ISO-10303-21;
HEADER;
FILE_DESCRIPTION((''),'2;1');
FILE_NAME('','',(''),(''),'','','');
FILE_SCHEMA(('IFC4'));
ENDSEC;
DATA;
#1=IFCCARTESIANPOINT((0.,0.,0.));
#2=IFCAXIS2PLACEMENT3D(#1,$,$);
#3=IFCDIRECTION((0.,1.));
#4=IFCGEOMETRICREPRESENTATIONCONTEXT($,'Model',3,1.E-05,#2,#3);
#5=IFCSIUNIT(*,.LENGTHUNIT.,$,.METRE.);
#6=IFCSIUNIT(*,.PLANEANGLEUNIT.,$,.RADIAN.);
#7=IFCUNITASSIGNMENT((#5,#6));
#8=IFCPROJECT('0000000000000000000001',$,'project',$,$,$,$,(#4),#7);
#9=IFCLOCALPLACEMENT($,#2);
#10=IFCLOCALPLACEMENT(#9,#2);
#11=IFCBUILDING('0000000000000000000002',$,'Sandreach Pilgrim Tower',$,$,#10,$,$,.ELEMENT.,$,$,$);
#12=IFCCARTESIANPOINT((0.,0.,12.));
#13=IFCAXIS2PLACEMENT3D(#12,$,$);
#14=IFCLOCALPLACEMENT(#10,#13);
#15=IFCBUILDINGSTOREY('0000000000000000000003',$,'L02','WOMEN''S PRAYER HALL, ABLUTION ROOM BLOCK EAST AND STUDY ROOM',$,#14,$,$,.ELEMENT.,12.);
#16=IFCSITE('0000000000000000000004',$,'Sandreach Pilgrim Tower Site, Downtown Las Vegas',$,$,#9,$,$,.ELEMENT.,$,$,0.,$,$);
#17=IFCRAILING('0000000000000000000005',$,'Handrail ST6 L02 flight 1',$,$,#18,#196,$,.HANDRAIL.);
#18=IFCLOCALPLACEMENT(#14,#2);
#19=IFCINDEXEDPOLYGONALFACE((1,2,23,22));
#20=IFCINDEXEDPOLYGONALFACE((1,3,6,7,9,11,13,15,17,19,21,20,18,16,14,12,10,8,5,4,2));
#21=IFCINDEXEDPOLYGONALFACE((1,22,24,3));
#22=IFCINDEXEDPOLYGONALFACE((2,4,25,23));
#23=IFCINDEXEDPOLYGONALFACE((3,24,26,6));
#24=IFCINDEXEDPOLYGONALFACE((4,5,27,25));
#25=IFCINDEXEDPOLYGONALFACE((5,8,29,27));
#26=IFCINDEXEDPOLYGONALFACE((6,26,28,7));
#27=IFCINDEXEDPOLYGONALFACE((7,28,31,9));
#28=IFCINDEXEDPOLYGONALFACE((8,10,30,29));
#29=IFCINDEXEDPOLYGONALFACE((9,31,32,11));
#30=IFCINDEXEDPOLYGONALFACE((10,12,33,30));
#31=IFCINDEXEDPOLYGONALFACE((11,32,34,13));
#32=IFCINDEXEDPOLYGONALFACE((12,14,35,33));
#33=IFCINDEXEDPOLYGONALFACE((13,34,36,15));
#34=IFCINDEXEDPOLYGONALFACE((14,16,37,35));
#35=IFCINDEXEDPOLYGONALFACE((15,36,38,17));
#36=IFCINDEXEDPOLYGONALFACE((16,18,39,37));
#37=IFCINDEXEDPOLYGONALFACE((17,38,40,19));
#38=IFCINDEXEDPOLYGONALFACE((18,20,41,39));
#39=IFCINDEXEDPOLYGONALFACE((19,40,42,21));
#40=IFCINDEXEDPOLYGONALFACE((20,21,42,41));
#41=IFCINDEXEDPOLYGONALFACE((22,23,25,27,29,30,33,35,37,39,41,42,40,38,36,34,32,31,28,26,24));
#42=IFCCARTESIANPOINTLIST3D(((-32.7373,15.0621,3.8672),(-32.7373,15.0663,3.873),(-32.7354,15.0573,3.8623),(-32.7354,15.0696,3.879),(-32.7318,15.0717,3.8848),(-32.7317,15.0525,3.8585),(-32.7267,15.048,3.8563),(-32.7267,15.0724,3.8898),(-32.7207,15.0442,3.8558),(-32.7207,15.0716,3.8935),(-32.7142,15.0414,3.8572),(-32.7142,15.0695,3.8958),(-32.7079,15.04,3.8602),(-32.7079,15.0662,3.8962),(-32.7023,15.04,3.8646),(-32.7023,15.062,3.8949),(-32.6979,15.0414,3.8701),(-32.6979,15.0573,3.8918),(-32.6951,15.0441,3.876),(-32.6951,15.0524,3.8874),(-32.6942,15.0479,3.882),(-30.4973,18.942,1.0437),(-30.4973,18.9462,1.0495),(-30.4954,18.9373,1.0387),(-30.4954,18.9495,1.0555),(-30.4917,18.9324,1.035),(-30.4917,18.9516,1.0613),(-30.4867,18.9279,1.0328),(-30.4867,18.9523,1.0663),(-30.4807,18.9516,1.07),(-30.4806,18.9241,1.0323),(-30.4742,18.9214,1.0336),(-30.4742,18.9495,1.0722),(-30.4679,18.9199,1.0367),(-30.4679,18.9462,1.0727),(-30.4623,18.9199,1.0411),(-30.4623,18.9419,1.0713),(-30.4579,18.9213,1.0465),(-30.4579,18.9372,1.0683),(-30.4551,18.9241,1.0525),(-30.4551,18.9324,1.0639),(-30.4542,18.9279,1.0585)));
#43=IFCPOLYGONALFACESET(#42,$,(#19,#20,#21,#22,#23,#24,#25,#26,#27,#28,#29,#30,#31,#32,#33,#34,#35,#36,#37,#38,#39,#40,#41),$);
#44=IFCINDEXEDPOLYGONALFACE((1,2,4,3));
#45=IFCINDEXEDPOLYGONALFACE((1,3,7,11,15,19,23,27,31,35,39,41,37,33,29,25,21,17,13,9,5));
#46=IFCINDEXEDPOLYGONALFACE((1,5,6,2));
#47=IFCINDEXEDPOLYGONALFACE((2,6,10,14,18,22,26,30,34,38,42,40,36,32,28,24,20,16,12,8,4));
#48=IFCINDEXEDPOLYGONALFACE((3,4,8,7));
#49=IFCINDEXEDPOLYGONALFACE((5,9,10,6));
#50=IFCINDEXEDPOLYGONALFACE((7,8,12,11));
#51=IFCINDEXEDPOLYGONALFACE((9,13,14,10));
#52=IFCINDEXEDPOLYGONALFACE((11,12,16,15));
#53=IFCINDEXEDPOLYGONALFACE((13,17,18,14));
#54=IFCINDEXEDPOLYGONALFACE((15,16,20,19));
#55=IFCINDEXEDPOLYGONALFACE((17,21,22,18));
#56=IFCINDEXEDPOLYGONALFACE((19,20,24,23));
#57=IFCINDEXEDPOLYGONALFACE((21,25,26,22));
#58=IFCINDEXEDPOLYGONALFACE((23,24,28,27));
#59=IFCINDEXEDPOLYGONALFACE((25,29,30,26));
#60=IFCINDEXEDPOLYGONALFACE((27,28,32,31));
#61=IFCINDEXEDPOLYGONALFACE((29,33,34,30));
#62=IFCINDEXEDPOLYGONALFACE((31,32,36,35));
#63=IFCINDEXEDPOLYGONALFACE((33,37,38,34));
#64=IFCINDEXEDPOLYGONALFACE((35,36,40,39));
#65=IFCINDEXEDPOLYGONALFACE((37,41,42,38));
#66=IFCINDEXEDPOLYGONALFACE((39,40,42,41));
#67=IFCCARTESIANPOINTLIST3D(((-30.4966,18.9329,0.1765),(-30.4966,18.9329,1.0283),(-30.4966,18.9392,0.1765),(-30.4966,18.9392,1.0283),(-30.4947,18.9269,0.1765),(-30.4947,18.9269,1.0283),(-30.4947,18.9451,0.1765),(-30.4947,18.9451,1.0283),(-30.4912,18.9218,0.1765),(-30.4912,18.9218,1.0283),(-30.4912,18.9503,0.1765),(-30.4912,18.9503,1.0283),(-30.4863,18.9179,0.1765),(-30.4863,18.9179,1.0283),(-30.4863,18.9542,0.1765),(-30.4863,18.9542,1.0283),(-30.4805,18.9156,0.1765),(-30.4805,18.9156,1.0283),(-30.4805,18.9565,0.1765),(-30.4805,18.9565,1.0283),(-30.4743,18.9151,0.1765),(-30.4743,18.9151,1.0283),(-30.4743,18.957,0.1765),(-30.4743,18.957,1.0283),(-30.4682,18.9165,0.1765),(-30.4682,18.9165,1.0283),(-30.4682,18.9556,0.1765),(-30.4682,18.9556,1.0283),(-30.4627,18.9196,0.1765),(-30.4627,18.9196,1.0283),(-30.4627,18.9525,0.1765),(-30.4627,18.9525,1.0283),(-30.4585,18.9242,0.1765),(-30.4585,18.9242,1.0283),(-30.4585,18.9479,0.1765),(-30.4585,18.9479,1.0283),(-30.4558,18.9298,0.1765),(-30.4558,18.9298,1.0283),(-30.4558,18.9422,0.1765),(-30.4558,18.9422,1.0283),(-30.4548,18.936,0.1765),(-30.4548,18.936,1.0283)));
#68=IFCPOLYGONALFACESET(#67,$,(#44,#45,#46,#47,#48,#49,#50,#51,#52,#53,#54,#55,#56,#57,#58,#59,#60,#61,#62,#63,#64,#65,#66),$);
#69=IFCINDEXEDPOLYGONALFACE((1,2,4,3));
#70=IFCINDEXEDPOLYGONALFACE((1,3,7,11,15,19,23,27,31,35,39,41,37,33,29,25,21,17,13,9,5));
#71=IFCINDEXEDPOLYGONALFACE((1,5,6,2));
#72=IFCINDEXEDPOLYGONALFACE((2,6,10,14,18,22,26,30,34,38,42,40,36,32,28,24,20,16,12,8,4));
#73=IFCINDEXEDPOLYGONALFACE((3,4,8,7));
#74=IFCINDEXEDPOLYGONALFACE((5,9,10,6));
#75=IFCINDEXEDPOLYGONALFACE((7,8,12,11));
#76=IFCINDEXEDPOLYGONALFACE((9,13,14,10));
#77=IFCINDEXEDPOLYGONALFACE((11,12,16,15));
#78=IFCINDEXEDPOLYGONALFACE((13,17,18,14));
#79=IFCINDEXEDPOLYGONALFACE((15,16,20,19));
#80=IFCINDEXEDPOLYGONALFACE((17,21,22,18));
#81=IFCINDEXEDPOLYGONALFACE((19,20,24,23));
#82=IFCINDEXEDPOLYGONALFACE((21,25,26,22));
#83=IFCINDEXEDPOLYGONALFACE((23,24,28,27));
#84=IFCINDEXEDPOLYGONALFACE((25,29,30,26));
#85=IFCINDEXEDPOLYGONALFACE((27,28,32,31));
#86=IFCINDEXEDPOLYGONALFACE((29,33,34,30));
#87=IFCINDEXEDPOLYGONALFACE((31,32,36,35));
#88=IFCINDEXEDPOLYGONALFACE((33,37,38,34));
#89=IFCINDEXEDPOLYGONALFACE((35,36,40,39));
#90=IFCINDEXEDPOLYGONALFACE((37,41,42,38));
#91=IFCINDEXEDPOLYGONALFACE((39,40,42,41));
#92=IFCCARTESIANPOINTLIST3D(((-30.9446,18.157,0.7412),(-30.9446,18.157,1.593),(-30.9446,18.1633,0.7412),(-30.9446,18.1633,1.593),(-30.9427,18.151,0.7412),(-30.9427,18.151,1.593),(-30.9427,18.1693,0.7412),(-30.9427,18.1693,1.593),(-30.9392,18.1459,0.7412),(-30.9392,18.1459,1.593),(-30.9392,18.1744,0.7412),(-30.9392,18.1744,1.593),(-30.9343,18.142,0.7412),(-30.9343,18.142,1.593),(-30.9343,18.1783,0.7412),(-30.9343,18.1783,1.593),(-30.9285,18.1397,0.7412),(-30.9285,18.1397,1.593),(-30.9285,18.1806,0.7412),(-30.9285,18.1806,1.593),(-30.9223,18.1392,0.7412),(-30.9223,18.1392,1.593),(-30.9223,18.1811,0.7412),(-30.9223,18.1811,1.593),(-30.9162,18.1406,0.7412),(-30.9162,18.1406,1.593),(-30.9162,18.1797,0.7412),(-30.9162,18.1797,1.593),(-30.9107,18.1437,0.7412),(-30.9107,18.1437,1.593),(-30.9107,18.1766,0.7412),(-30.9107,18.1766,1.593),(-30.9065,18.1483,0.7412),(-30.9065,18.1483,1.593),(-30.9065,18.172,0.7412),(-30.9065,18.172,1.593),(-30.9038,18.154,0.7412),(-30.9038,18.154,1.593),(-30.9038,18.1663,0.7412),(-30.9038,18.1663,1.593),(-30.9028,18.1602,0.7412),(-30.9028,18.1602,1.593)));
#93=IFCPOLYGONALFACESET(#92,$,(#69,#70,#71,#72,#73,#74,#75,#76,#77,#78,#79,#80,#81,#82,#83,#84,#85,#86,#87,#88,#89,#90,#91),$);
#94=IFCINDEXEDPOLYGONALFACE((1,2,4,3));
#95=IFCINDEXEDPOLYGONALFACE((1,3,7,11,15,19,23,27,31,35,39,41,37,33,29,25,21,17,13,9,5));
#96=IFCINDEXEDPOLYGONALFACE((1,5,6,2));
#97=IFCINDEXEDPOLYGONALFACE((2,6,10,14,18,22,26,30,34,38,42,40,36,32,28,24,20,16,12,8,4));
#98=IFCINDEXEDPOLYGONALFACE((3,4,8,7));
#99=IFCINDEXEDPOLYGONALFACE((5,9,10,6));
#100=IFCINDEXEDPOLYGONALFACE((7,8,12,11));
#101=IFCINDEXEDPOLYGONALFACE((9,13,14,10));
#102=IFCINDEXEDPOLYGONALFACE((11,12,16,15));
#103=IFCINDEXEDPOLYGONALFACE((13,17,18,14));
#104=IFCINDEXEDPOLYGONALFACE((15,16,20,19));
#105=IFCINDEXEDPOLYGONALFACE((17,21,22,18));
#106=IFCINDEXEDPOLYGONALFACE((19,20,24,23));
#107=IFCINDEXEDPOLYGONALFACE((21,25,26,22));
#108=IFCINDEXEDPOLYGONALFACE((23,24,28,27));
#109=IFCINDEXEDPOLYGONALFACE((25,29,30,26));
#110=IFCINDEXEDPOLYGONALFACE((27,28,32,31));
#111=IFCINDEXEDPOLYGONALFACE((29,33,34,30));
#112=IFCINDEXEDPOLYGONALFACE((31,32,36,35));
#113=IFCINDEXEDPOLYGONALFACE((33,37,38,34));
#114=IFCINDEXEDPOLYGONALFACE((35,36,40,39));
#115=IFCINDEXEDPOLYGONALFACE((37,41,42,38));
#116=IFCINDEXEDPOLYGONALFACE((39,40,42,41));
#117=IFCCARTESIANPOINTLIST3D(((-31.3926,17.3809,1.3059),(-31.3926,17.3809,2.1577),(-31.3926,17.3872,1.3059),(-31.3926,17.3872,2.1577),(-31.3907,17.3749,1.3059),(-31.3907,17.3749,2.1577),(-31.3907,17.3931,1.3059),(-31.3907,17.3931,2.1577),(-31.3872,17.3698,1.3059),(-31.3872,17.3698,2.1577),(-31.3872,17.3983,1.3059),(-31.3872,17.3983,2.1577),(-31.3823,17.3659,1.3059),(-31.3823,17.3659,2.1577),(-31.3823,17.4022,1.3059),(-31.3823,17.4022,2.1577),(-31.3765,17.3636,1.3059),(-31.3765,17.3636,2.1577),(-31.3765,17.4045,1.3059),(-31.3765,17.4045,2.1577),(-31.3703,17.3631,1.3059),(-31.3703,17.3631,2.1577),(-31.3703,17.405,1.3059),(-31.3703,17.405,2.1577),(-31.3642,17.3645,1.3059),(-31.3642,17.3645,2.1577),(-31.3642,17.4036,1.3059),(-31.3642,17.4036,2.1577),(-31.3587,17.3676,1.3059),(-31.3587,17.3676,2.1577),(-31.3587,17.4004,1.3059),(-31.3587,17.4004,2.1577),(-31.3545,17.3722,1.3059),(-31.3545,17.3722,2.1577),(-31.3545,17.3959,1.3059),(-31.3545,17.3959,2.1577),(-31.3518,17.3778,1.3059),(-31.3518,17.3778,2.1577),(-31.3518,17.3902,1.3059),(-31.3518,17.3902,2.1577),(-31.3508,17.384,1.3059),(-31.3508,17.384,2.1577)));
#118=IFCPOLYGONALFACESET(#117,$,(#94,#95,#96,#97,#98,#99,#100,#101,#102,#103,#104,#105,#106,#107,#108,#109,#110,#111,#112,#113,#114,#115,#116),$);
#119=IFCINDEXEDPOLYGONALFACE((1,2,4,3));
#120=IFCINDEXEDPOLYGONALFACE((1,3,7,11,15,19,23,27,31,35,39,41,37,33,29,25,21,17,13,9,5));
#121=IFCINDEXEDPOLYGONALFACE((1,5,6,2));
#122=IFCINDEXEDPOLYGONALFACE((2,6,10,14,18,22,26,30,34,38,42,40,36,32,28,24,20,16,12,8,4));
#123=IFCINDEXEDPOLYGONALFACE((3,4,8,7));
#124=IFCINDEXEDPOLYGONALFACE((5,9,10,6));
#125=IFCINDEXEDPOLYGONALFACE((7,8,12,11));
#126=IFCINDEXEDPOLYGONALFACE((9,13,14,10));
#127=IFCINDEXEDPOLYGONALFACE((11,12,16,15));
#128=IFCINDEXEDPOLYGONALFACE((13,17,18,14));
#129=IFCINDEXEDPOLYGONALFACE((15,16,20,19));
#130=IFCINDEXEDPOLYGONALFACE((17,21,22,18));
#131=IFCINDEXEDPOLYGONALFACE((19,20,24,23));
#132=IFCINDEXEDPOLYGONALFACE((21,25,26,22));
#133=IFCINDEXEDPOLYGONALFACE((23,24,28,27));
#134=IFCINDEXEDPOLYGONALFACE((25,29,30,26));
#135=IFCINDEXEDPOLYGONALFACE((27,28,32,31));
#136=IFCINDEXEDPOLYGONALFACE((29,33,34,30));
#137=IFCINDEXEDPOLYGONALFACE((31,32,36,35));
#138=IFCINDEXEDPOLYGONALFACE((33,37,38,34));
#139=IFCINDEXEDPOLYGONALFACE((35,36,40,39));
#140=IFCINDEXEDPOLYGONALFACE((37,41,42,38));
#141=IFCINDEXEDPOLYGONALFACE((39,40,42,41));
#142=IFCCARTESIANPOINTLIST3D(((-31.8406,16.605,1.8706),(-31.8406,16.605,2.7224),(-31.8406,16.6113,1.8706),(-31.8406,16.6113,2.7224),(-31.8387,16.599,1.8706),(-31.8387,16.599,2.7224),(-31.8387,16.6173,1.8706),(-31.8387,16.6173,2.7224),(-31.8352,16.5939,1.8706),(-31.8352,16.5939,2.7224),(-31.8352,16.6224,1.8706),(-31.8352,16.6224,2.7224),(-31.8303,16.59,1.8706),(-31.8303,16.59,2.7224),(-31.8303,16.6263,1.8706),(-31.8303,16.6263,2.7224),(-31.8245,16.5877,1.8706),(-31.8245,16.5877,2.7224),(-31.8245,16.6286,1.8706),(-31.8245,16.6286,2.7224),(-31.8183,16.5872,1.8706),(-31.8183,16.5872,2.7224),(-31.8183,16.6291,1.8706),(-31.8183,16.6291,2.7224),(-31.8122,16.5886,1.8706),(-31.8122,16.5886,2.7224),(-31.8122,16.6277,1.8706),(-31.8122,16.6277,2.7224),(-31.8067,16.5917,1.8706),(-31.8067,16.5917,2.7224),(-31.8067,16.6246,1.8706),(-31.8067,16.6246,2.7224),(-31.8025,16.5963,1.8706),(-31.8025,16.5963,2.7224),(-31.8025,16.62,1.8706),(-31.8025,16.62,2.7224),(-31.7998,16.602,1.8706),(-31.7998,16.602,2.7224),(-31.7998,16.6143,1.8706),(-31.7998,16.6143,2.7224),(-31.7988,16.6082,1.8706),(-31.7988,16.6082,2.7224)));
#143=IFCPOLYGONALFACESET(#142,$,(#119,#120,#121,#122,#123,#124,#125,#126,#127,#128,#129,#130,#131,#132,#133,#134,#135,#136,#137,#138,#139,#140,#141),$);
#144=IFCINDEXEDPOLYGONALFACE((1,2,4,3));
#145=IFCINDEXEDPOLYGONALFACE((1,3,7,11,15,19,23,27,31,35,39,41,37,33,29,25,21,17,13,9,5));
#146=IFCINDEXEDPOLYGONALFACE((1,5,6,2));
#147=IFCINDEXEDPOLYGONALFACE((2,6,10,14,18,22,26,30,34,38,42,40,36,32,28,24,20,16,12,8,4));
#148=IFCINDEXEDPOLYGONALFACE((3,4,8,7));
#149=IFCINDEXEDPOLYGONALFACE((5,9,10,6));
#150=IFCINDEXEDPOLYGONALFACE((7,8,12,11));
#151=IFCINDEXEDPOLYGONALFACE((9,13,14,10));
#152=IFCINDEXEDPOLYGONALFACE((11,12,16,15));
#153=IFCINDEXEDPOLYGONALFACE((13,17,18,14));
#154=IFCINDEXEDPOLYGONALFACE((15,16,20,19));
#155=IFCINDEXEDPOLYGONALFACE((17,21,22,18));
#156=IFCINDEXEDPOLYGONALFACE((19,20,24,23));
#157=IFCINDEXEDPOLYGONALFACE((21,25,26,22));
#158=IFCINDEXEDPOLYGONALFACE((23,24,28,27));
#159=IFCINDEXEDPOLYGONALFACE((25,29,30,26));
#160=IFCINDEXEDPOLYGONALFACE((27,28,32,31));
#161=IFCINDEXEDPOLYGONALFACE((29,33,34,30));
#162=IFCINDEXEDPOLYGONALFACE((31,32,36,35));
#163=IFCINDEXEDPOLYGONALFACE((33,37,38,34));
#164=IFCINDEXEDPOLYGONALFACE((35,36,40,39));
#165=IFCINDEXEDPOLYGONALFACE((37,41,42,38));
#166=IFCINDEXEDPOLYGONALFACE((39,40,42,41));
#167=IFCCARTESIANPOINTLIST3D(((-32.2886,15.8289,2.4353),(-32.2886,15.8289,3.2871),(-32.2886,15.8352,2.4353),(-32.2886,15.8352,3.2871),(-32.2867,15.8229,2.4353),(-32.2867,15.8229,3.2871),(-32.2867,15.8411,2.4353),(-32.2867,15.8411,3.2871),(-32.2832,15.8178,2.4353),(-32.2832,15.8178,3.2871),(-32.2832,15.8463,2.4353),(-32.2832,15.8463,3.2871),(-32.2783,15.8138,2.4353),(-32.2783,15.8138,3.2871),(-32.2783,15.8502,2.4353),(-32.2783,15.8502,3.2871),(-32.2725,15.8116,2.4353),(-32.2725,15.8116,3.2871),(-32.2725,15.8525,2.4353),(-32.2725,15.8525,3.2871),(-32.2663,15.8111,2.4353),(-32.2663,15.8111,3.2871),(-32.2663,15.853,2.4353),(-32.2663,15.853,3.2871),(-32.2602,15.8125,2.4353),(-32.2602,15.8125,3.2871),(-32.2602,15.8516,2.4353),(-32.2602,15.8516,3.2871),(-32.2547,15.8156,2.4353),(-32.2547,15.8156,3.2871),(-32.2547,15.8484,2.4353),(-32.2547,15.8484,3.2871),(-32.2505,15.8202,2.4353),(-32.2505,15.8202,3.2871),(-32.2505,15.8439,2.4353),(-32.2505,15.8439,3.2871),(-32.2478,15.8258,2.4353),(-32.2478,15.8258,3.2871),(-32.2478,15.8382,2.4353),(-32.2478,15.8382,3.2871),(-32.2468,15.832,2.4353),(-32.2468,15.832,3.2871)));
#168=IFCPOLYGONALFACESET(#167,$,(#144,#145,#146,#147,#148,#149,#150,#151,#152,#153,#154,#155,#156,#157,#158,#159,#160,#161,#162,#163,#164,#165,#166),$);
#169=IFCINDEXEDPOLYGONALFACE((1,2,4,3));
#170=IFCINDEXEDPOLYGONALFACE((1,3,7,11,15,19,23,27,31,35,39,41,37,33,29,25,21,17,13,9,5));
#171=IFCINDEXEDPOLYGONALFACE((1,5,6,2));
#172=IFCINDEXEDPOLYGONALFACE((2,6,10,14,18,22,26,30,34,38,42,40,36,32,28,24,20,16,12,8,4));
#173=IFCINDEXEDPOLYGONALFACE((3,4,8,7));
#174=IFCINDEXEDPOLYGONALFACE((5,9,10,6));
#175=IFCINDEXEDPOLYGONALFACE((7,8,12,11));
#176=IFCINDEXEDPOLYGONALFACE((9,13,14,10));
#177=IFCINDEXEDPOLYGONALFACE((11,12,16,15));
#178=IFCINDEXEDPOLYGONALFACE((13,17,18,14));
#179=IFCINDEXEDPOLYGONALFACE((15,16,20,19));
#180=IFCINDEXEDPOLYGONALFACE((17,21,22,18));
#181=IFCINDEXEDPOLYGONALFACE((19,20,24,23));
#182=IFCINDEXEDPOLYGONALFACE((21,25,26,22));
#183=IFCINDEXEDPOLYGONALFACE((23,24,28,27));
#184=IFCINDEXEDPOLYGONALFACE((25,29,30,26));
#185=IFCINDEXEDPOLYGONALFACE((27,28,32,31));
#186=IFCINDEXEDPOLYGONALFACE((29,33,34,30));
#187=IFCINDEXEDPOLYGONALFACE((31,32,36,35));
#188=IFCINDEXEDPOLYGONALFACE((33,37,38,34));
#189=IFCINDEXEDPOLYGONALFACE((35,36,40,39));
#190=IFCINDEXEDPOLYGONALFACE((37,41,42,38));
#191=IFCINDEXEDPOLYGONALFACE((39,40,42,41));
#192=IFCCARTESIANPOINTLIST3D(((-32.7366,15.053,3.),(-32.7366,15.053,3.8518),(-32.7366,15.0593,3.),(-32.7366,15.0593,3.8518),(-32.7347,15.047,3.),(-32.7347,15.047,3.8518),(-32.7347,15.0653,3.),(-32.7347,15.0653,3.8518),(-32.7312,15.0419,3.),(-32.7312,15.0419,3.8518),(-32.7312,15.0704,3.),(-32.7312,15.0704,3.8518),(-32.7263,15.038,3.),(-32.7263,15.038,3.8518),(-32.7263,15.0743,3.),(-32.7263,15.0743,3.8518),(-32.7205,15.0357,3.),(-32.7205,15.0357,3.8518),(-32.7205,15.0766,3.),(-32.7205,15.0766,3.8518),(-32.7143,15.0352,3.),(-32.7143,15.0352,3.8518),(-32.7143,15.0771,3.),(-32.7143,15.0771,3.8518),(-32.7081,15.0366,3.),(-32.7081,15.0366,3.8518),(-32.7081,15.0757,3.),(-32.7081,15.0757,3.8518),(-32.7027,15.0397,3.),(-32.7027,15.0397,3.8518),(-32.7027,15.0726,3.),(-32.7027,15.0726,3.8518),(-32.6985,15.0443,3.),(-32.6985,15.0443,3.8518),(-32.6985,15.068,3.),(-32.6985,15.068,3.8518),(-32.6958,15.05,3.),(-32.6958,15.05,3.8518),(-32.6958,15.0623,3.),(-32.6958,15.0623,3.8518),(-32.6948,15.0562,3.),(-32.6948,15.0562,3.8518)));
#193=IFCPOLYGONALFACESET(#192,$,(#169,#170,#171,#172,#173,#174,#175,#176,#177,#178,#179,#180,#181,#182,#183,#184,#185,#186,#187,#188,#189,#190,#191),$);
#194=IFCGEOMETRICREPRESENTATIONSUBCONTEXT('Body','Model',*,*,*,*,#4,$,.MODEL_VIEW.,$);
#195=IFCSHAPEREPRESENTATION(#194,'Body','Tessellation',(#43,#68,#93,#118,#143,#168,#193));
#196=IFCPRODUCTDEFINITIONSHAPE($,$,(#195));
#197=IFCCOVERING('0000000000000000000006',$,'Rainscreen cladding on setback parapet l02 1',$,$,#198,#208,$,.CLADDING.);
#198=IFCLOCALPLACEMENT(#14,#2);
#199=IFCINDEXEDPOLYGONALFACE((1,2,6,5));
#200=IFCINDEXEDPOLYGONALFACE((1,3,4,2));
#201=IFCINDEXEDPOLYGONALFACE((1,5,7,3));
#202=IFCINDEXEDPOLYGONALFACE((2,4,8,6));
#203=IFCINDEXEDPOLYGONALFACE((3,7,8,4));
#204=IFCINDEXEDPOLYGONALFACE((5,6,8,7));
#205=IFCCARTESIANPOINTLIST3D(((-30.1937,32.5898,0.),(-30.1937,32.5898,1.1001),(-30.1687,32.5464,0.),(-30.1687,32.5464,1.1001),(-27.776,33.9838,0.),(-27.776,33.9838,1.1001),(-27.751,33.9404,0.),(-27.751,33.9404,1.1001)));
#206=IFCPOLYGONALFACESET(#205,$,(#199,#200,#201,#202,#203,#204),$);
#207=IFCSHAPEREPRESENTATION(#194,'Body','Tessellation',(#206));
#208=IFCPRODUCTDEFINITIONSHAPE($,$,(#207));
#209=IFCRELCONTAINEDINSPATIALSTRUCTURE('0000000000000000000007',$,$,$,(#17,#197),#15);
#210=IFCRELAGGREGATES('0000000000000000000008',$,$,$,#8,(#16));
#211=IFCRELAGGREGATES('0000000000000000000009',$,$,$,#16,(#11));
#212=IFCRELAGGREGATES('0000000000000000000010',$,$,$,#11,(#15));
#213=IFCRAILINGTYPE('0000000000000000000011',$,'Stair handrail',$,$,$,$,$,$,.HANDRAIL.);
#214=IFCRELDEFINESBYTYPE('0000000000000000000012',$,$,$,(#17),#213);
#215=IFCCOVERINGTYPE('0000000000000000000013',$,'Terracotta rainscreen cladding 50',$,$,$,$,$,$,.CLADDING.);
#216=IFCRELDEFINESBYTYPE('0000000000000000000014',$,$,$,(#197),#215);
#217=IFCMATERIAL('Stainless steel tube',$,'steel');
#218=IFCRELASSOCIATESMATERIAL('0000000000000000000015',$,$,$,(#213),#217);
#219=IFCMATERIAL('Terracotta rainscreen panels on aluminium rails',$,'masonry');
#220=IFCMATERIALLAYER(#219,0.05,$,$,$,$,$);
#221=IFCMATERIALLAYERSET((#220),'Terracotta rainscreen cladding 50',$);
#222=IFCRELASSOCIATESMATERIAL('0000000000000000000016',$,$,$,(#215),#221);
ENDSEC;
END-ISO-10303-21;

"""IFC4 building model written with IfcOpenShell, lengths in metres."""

from ifc_helpers import new_model, si_unit, direction, frame, frame_2d, origin, origin_2d, place, context, subcontext, project, spatial, rectangle, circle, extrude, material, layer, layer_set, type_object, element, save


model = new_model("IFC4")

# Units and contexts
model_context = context("Model", 3, precision=1e-05, world=origin(), true_north=direction((0.0, 1.0)))
body_context = subcontext(model_context, "Body", "Model", "MODEL_VIEW")
ifc_project = project(units=[si_unit("LENGTHUNIT", "METRE"), si_unit("PLANEANGLEUNIT", "RADIAN")], contexts=[model_context])

# Site, building, storey
site_placement = place(None, origin())
site = spatial("IfcSite", under=ifc_project, at=site_placement, Name="Sandreach Pilgrim Tower Site, Downtown Las Vegas", CompositionType="ELEMENT", RefElevation=0.0)
building_placement = place(site_placement, origin())
building = spatial("IfcBuilding", under=site, at=building_placement, Name="Sandreach Pilgrim Tower", CompositionType="ELEMENT")
storey_placement = place(building_placement, frame((0.0, 0.0, 12.0)))
storey = spatial("IfcBuildingStorey", under=building, at=storey_placement, Name="L02", Description="WOMEN'S PRAYER HALL, ABLUTION ROOM BLOCK EAST AND STUDY ROOM", CompositionType="ELEMENT", Elevation=12.0)

# Railing
ifc_material_1 = material(Name="Stainless steel tube", Category="steel")
railing_type = type_object("IfcRailingType", Name="Stair handrail", PredefinedType="HANDRAIL", material=ifc_material_1)
railing_placement = place(storey_placement, frame((-30.4758, 18.936, 0.1765)))
element("IfcRailing", 1, at=railing_placement, inside=storey, type_object=railing_type, Name="Handrail ST6 L02 flight 1", PredefinedType="HANDRAIL", context=body_context, shape_type="SweptSolid", body=[
    extrude(circle(Radius=0.0239, at=origin_2d()), frame((0.0, 0.0, 0.876), z_axis=(-0.422993, -0.732665, 0.533178), x_axis=(0.866031, -0.49999, 0.0)), (0.0, 0.0, 1.0), 5.2957),
    extrude(circle(Radius=0.021, at=origin_2d()), origin(), (0.0, 0.0, 1.0), 0.8518),
    extrude(circle(Radius=0.021, at=origin_2d()), frame((-0.448, -0.7759, 0.5647)), (0.0, 0.0, 1.0), 0.8518),
    extrude(circle(Radius=0.021, at=origin_2d()), frame((-0.896, -1.552, 1.1294)), (0.0, 0.0, 1.0), 0.8518),
    extrude(circle(Radius=0.021, at=origin_2d()), frame((-1.344, -2.3279, 1.6941)), (0.0, 0.0, 1.0), 0.8518),
    extrude(circle(Radius=0.021, at=origin_2d()), frame((-1.792, -3.104, 2.2588)), (0.0, 0.0, 1.0), 0.8518),
    extrude(circle(Radius=0.021, at=origin_2d()), frame((-2.24, -3.8799, 2.8235)), (0.0, 0.0, 1.0), 0.8518),
])

# Covering
ifc_material_2 = material(Name="Terracotta rainscreen panels on aluminium rails", Category="masonry")
ifc_layer_1 = layer(ifc_material_2, 0.05)
ifc_layer_set_1 = layer_set([ifc_layer_1], Name="Terracotta rainscreen cladding 50")
covering_type = type_object("IfcCoveringType", Name="Terracotta rainscreen cladding 50", PredefinedType="CLADDING", material=ifc_layer_set_1)
covering_1_placement = place(storey_placement, frame((-27.7634, 33.9622, 0.0), z_axis=(0.0, 0.0, 1.0), x_axis=(-0.866309, -0.499508, 0.0)))
element("IfcCovering", 2, at=covering_1_placement, inside=storey, type_object=covering_type, Name="Rainscreen cladding on setback parapet l02 1", PredefinedType="CLADDING", context=body_context, shape_type="SweptSolid", body=[
    extrude(rectangle(XDim=2.7908, YDim=0.05, at=frame_2d((1.3955, 0.0))), origin(), (0.0, 0.0, 1.0), 1.1001),
])

save(model, "model.ifc")
